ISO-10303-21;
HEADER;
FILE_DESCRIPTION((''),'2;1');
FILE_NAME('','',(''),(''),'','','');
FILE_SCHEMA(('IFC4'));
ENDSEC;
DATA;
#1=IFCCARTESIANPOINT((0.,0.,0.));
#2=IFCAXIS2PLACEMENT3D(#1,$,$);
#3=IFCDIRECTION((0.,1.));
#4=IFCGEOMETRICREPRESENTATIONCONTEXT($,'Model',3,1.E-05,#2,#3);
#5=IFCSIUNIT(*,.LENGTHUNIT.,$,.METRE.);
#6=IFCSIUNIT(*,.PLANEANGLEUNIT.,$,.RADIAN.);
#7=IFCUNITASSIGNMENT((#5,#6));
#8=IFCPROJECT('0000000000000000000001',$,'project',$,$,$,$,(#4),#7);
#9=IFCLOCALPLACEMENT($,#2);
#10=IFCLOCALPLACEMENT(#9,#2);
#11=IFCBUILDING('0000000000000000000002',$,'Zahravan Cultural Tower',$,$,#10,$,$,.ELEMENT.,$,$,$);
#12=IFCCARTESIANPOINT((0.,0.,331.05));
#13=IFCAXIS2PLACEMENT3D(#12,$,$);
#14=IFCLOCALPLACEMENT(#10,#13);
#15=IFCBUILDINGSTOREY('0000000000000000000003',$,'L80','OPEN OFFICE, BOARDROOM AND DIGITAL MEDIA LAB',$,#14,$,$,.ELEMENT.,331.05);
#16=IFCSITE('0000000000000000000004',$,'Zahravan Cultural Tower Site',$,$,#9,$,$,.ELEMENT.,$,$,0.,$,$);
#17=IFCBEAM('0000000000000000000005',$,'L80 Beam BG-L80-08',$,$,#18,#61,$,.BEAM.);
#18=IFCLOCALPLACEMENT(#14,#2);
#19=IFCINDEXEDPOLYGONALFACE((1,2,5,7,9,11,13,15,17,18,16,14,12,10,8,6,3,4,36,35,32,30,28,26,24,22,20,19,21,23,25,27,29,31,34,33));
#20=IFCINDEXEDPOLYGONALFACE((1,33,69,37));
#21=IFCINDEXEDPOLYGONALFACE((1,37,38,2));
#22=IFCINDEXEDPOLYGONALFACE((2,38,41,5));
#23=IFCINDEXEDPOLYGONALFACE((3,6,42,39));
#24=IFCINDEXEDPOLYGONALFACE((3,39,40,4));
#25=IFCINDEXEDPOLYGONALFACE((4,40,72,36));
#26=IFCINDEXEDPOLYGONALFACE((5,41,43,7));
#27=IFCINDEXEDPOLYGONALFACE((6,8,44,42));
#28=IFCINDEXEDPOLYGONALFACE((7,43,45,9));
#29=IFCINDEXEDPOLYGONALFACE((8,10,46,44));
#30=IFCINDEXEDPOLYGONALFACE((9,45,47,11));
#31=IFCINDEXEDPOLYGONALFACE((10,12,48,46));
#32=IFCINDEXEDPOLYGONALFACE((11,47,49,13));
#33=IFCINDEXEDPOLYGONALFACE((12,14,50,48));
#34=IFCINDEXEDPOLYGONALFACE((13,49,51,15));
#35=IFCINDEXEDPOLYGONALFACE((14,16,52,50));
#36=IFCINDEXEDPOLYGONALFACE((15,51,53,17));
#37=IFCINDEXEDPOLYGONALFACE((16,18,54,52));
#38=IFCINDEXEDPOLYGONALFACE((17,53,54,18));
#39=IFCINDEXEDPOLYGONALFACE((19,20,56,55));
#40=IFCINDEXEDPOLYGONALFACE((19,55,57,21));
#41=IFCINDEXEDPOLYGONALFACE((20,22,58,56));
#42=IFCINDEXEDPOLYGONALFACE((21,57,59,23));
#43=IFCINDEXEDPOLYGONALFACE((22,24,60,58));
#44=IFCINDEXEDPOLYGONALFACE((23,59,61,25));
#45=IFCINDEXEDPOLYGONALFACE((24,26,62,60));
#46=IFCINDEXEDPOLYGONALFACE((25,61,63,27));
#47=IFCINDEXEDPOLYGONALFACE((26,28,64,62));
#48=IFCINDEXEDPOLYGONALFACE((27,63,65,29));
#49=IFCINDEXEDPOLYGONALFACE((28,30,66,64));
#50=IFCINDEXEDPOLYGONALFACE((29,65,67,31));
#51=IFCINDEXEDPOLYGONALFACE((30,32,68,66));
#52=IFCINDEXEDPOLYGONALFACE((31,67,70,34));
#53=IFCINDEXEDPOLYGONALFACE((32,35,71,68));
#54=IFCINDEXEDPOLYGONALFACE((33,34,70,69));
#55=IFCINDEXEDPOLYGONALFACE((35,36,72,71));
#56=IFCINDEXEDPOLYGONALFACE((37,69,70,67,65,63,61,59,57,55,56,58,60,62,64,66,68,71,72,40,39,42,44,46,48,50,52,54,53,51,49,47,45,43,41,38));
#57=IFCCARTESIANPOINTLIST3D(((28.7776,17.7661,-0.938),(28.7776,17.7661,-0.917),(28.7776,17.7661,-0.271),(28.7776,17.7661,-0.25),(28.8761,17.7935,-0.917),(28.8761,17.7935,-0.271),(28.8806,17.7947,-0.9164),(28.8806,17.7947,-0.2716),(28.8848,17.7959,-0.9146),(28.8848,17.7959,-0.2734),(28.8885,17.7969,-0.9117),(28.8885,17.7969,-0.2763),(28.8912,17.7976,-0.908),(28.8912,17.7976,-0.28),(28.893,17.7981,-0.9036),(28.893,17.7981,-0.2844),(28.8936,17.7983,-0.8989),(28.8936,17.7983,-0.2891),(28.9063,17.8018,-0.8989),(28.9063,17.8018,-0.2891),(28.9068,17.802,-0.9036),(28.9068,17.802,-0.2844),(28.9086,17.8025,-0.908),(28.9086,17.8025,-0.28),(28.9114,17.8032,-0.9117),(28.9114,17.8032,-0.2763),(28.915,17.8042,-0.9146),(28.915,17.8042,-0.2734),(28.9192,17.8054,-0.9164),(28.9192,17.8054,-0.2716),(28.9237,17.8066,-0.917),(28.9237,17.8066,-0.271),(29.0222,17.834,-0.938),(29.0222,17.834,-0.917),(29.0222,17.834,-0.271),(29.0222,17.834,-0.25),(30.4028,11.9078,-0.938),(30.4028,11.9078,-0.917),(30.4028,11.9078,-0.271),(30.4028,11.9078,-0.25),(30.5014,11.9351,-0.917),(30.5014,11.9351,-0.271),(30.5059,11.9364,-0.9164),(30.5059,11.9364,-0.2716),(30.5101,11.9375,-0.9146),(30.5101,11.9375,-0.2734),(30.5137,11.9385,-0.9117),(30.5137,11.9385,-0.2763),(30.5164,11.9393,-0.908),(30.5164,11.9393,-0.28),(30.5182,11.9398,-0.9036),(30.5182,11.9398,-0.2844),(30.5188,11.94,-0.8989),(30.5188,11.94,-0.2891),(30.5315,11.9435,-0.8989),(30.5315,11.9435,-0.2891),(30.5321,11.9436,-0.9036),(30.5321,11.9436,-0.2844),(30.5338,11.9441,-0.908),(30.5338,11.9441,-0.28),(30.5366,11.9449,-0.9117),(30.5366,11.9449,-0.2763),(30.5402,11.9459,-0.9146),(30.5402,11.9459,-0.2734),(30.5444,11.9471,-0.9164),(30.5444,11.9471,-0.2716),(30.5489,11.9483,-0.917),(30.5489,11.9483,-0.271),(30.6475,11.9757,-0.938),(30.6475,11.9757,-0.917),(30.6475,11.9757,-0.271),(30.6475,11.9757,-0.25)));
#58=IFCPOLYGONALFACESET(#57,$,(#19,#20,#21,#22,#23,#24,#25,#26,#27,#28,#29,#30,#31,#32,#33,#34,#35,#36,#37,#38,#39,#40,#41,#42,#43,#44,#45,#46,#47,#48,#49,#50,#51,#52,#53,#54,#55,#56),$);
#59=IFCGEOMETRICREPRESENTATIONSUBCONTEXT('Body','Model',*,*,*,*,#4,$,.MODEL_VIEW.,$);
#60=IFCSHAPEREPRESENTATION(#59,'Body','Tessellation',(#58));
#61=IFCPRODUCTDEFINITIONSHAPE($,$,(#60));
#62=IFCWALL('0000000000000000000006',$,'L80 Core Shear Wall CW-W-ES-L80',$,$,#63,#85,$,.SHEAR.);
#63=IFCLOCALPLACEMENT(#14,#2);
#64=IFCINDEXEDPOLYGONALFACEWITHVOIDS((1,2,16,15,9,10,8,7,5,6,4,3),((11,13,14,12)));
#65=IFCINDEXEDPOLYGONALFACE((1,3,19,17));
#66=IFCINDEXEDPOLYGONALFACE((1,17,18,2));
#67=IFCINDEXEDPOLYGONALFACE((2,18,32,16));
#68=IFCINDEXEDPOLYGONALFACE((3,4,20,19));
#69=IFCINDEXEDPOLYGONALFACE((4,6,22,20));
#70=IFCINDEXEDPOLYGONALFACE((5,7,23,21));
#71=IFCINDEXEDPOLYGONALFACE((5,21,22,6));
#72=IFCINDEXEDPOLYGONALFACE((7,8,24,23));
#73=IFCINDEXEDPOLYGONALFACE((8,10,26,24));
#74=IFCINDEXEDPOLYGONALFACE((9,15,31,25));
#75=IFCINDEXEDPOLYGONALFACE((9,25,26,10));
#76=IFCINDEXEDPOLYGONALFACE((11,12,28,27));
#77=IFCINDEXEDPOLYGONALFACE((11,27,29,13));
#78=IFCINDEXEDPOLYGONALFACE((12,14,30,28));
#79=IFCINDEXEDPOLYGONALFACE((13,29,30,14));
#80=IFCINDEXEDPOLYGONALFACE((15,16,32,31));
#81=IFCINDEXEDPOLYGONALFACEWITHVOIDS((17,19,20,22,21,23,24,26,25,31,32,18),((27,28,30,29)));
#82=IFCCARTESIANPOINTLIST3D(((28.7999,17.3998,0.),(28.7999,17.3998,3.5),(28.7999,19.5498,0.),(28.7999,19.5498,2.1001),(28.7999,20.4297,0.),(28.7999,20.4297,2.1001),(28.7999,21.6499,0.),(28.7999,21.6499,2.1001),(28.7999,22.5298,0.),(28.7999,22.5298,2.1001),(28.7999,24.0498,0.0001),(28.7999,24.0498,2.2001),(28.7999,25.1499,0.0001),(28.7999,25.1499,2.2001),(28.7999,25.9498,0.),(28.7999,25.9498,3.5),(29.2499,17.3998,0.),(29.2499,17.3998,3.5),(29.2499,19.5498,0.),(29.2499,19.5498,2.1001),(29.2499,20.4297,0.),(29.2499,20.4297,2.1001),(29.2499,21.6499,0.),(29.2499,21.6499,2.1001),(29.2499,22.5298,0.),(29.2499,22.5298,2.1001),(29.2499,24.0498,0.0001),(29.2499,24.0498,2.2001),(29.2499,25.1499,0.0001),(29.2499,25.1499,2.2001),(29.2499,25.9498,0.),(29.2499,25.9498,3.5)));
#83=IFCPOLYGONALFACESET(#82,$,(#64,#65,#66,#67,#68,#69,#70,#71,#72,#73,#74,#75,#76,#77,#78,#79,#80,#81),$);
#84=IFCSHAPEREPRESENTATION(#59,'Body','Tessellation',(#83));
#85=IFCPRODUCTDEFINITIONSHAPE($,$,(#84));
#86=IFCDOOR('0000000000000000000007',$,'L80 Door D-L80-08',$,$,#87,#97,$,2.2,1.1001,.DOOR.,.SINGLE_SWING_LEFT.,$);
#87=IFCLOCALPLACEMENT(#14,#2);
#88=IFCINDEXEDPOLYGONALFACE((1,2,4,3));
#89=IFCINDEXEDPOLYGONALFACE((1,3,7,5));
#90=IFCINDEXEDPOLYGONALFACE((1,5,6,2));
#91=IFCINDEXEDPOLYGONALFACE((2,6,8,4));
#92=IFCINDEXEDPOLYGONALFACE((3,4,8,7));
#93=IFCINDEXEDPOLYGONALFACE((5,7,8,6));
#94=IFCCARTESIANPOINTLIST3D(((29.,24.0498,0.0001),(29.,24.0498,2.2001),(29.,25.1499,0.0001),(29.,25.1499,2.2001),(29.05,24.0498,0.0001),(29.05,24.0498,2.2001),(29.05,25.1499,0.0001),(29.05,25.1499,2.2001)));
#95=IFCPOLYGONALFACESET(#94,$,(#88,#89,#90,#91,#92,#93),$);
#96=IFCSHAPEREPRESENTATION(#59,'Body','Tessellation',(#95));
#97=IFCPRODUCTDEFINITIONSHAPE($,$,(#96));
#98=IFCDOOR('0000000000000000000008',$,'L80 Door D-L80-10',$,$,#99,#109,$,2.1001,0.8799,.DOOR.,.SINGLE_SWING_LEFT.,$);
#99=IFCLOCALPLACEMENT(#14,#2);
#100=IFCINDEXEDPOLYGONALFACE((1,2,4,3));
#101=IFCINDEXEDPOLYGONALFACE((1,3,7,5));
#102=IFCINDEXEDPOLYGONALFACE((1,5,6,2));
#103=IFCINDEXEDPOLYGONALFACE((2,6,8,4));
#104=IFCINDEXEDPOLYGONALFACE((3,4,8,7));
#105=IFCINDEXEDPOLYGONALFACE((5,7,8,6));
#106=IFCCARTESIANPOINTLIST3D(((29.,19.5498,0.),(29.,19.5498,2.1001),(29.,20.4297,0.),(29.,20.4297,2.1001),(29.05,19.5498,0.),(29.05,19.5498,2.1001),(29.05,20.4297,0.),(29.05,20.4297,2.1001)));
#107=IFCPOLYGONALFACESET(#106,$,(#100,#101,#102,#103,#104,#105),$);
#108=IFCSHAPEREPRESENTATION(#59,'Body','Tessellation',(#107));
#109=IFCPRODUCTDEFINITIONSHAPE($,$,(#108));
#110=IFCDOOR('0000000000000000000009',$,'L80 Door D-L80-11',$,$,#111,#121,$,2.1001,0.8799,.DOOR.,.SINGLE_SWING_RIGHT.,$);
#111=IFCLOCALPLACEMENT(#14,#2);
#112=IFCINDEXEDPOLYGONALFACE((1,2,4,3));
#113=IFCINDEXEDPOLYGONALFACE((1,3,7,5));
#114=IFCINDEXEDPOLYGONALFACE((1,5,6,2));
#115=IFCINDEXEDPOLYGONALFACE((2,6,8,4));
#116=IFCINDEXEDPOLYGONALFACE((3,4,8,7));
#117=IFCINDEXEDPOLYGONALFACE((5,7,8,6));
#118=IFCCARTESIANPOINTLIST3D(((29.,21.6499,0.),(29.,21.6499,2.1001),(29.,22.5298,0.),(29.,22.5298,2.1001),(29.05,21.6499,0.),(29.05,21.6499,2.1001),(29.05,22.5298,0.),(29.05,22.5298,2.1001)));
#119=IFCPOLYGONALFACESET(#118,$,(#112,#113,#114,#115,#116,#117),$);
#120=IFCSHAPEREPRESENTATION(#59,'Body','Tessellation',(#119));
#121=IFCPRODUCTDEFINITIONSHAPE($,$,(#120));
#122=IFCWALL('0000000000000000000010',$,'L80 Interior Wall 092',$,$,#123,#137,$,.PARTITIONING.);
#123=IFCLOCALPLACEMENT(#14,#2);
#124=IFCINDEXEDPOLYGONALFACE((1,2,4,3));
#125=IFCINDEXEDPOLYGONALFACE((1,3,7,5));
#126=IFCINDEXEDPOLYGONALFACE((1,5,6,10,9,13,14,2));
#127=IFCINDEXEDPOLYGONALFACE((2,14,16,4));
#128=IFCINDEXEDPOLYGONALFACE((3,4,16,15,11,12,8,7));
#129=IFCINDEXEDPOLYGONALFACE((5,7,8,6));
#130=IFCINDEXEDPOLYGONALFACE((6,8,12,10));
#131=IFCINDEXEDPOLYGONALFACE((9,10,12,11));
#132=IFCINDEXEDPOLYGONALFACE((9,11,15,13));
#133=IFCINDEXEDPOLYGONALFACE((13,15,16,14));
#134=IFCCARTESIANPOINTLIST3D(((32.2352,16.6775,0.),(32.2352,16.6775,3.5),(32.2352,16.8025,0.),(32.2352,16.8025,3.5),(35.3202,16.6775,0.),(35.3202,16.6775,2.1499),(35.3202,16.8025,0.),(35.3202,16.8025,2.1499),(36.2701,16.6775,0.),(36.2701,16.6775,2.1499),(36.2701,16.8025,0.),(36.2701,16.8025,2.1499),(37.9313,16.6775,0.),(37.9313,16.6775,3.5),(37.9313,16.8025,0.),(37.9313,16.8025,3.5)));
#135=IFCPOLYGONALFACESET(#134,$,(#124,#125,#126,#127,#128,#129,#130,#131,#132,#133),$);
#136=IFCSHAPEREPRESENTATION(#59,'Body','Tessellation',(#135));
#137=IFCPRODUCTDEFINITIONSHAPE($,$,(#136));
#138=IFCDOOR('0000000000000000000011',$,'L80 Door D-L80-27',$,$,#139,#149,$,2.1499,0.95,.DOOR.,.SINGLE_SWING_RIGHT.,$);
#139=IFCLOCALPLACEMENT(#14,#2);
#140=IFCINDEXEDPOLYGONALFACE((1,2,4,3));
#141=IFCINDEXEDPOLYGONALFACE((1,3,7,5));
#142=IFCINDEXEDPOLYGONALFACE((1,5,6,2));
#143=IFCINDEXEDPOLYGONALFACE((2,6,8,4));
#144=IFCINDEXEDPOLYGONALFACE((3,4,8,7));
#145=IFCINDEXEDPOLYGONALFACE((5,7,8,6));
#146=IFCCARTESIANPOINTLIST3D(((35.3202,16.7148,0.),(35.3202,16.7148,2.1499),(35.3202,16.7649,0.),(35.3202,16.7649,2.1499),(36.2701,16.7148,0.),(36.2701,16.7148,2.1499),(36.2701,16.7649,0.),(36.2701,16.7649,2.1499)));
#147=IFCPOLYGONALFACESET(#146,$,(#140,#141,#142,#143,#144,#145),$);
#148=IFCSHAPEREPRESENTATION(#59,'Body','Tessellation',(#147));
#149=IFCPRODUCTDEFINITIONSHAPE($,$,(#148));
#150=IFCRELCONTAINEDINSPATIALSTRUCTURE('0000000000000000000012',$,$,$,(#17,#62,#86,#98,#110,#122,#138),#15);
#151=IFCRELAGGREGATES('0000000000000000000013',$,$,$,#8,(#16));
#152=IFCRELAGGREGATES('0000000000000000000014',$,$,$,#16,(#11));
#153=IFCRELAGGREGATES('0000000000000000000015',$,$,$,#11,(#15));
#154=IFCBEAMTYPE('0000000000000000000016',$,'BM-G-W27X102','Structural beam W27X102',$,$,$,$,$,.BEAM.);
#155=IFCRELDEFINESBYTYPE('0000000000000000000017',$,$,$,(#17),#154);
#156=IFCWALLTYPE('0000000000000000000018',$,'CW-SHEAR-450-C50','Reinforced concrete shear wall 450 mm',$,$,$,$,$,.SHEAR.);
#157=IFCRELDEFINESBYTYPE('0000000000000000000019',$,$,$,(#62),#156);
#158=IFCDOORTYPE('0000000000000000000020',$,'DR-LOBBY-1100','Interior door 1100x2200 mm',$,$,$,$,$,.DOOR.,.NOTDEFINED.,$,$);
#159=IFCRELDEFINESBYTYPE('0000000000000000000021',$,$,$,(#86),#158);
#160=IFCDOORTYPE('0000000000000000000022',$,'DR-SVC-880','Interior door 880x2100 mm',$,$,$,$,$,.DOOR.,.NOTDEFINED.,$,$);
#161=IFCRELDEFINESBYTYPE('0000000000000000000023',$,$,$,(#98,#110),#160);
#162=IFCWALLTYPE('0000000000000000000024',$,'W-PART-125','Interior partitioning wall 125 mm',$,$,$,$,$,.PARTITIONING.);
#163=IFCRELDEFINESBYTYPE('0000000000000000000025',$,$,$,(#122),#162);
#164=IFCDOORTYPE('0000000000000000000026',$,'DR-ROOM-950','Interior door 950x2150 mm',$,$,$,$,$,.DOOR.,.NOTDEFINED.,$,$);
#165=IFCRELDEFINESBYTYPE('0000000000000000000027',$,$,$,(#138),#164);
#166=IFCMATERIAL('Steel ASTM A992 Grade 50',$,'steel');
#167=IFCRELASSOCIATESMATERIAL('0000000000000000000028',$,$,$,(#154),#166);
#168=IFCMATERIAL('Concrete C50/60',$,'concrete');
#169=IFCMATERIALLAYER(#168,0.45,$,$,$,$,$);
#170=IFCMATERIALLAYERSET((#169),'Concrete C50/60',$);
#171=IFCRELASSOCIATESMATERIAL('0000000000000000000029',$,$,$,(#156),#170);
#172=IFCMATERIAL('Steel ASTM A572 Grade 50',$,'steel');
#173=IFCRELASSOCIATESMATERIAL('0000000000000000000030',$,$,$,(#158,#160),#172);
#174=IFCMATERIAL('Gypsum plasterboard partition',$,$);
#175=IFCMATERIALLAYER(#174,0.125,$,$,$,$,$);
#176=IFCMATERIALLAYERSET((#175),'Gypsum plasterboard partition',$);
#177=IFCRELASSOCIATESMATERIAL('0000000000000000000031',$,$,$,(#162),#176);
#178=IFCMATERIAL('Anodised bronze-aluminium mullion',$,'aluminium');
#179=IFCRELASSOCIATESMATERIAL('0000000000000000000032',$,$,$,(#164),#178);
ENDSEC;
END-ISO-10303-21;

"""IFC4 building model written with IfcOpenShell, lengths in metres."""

from ifc_helpers import new_model, si_unit, direction, frame, frame_2d, origin, origin_2d, place, context, subcontext, project, spatial, rectangle, i_section, extrude, source, transform, mapped, material, layer, layer_set, material_profile, profile_set, type_object, element, fill, save


model = new_model("IFC4")

# Units and contexts
model_context = context("Model", 3, precision=1e-05, world=origin(), true_north=direction((0.0, 1.0)))
body_context = subcontext(model_context, "Body", "Model", "MODEL_VIEW")
ifc_project = project(units=[si_unit("LENGTHUNIT", "METRE"), si_unit("PLANEANGLEUNIT", "RADIAN")], contexts=[model_context])

# Site, building, storey
site_placement = place(None, origin())
site = spatial("IfcSite", under=ifc_project, at=site_placement, Name="Zahravan Cultural Tower Site", CompositionType="ELEMENT", RefElevation=0.0)
building_placement = place(site_placement, origin())
building = spatial("IfcBuilding", under=site, at=building_placement, Name="Zahravan Cultural Tower", CompositionType="ELEMENT")
storey_placement = place(building_placement, frame((0.0, 0.0, 331.05)))
storey = spatial("IfcBuildingStorey", under=building, at=storey_placement, Name="L80", Description="OPEN OFFICE, BOARDROOM AND DIGITAL MEDIA LAB", CompositionType="ELEMENT", Elevation=331.05)

# Shared definitions
ifc_material_1 = material(Name="Concrete C50/60", Category="concrete")

# Beam
ifc_material_2 = material(Name="Steel ASTM A992 Grade 50", Category="steel")
ifc_material_profile_1 = material_profile(ifc_material_2, i_section(OverallWidth=0.2539, OverallDepth=0.688, WebThickness=0.0132, FlangeThickness=0.021, FilletRadius=0.0181, at=origin_2d()), Name="W27X102")
ifc_profile_set_1 = profile_set([ifc_material_profile_1], Name="Steel ASTM A992 Grade 50")
beam_type_1 = type_object("IfcBeamType", Name="BM-G-W27X102", Description="Structural beam W27X102", PredefinedType="BEAM", material=ifc_profile_set_1)
shared_shape_1 = source(origin(), body_context, "Body", "SweptSolid", [
    extrude(i_section(OverallWidth=0.2539, OverallDepth=0.688, WebThickness=0.0132, FlangeThickness=0.021, FilletRadius=0.0181, at=origin_2d()), origin(), (0.0, 0.0, 1.0), 6.0796),
])
beam_1_placement = place(storey_placement, frame((28.8999, 17.8, -0.594), z_axis=(0.267325, -0.963606, 0.0), x_axis=(0.963606, 0.267325, 0.0)))
element("IfcBeam", 1, at=beam_1_placement, inside=storey, type_object=beam_type_1, Name="L80 Beam BG-L80-08", PredefinedType="BEAM", context=body_context, shape_type="MappedRepresentation", body=[
    mapped(shared_shape_1, transform((0.0, 0.0, 0.0), x_axis=(1.0, 0.0, 0.0), y_axis=(0.0, 1.0, 0.0), z_axis=(0.0, 0.0, 1.0), scale=1.0)),
])

# Wall, openings, doors
ifc_layer_1 = layer(ifc_material_1, 0.45)
ifc_layer_set_1 = layer_set([ifc_layer_1], Name="Concrete C50/60")
wall_type_1 = type_object("IfcWallType", Name="CW-SHEAR-450-C50", Description="Reinforced concrete shear wall 450 mm", PredefinedType="SHEAR", material=ifc_layer_set_1)
wall_1_placement = place(storey_placement, frame((29.0249, 17.3999, 0.0), z_axis=(0.0, 0.0, 1.0), x_axis=(0.0, 1.0, 0.0)))
wall_1 = element("IfcWall", 2, at=wall_1_placement, inside=storey, type_object=wall_type_1, Name="L80 Core Shear Wall CW-W-ES-L80", PredefinedType="SHEAR", context=body_context, shape_type="SweptSolid", body=[
    extrude(rectangle(XDim=8.55, YDim=0.45, at=frame_2d((4.2749, 0.0))), origin(), (0.0, 0.0, 1.0), 3.5),
])
opening_1_placement = place(wall_1_placement, frame((6.6499, 0.0, 0.0)))
opening_1 = element("IfcOpeningElement", 3, at=opening_1_placement, cuts=wall_1, PredefinedType="OPENING", context=body_context, shape_type="SweptSolid", body=[
    extrude(rectangle(XDim=1.1001, YDim=2.2, at=frame_2d((0.55, 1.1001))), frame((0.0, 0.2349, 0.0), z_axis=(0.0, -1.0, 0.0), x_axis=(1.0, 0.0, 0.0)), (0.0, 0.0, 1.0), 0.47),
])
opening_2_placement = place(wall_1_placement, frame((2.1499, 0.0, 0.0)))
opening_2 = element("IfcOpeningElement", 4, at=opening_2_placement, cuts=wall_1, PredefinedType="OPENING", context=body_context, shape_type="SweptSolid", body=[
    extrude(rectangle(XDim=0.8799, YDim=2.1001, at=frame_2d((0.4399, 1.05))), frame((0.0, 0.2349, 0.0), z_axis=(0.0, -1.0, 0.0), x_axis=(1.0, 0.0, 0.0)), (0.0, 0.0, 1.0), 0.47),
])
opening_3_placement = place(wall_1_placement, frame((4.25, 0.0, 0.0)))
opening_3 = element("IfcOpeningElement", 5, at=opening_3_placement, cuts=wall_1, PredefinedType="OPENING", context=body_context, shape_type="SweptSolid", body=[
    extrude(rectangle(XDim=0.8799, YDim=2.1001, at=frame_2d((0.4399, 1.05))), frame((0.0, 0.2349, 0.0), z_axis=(0.0, -1.0, 0.0), x_axis=(1.0, 0.0, 0.0)), (0.0, 0.0, 1.0), 0.47),
])
ifc_material_3 = material(Name="Steel ASTM A572 Grade 50", Category="steel")
door_type_1 = type_object("IfcDoorType", Name="DR-LOBBY-1100", Description="Interior door 1100x2200 mm", OperationType="NOTDEFINED", PredefinedType="DOOR", material=ifc_material_3)
shared_shape_2 = source(origin(), body_context, "Body", "SweptSolid", [
    extrude(rectangle(XDim=1.1001, YDim=2.2, at=frame_2d((0.55, 1.1001))), frame((0.0, 0.0249, 0.0), z_axis=(0.0, -1.0, 0.0), x_axis=(1.0, 0.0, 0.0)), (0.0, 0.0, 1.0), 0.05),
])
door_1_placement = place(opening_1_placement, origin())
door_1 = element("IfcDoor", 6, at=door_1_placement, inside=storey, type_object=door_type_1, Name="L80 Door D-L80-08", OperationType="SINGLE_SWING_LEFT", OverallHeight=2.2, OverallWidth=1.1001, PredefinedType="DOOR", context=body_context, shape_type="MappedRepresentation", body=[
    mapped(shared_shape_2, transform((0.0, 0.0, 0.0), x_axis=(1.0, 0.0, 0.0), y_axis=(0.0, 1.0, 0.0), z_axis=(0.0, 0.0, 1.0), scale=1.0)),
])
fill(opening_1, door_1)
door_type_2 = type_object("IfcDoorType", Name="DR-SVC-880", Description="Interior door 880x2100 mm", OperationType="NOTDEFINED", PredefinedType="DOOR", material=ifc_material_3)
shared_shape_3 = source(origin(), body_context, "Body", "SweptSolid", [
    extrude(rectangle(XDim=0.8799, YDim=2.1001, at=frame_2d((0.4399, 1.05))), frame((0.0, 0.0249, 0.0), z_axis=(0.0, -1.0, 0.0), x_axis=(1.0, 0.0, 0.0)), (0.0, 0.0, 1.0), 0.05),
])
door_2_placement = place(opening_2_placement, origin())
door_2 = element("IfcDoor", 7, at=door_2_placement, inside=storey, type_object=door_type_2, Name="L80 Door D-L80-10", OperationType="SINGLE_SWING_LEFT", OverallHeight=2.1001, OverallWidth=0.8799, PredefinedType="DOOR", context=body_context, shape_type="MappedRepresentation", body=[
    mapped(shared_shape_3, transform((0.0, 0.0, 0.0), x_axis=(1.0, 0.0, 0.0), y_axis=(0.0, 1.0, 0.0), z_axis=(0.0, 0.0, 1.0), scale=1.0)),
])
fill(opening_2, door_2)
door_3_placement = place(opening_3_placement, origin())
door_3 = element("IfcDoor", 8, at=door_3_placement, inside=storey, type_object=door_type_2, Name="L80 Door D-L80-11", OperationType="SINGLE_SWING_RIGHT", OverallHeight=2.1001, OverallWidth=0.8799, PredefinedType="DOOR", context=body_context, shape_type="MappedRepresentation", body=[
    mapped(shared_shape_3, transform((0.0, 0.0, 0.0), x_axis=(1.0, 0.0, 0.0), y_axis=(0.0, 1.0, 0.0), z_axis=(0.0, 0.0, 1.0), scale=1.0)),
])
fill(opening_3, door_3)

# Wall, opening, door
ifc_material_4 = material(Name="Gypsum plasterboard partition")
ifc_layer_2 = layer(ifc_material_4, 0.125)
ifc_layer_set_2 = layer_set([ifc_layer_2], Name="Gypsum plasterboard partition")
wall_type_2 = type_object("IfcWallType", Name="W-PART-125", Description="Interior partitioning wall 125 mm", PredefinedType="PARTITIONING", material=ifc_layer_set_2)
ifc_material_5 = material(Name="Anodised bronze-aluminium mullion", Category="aluminium")
door_type_3 = type_object("IfcDoorType", Name="DR-ROOM-950", Description="Interior door 950x2150 mm", OperationType="NOTDEFINED", PredefinedType="DOOR", material=ifc_material_5)
shared_shape_4 = source(origin(), body_context, "Body", "SweptSolid", [
    extrude(rectangle(XDim=0.95, YDim=2.1499, at=frame_2d((0.4751, 1.075))), frame((0.0, 0.0249, 0.0), z_axis=(0.0, -1.0, 0.0), x_axis=(1.0, 0.0, 0.0)), (0.0, 0.0, 1.0), 0.05),
])
wall_2_placement = place(storey_placement, frame((32.2351, 16.74, 0.0), z_axis=(0.0, 0.0, 1.0), x_axis=(1.0, 0.0, 0.0)))
wall_2 = element("IfcWall", 9, at=wall_2_placement, inside=storey, type_object=wall_type_2, Name="L80 Interior Wall 092", PredefinedType="PARTITIONING", context=body_context, shape_type="SweptSolid", body=[
    extrude(rectangle(XDim=5.696, YDim=0.125, at=frame_2d((2.8481, 0.0))), origin(), (0.0, 0.0, 1.0), 3.5),
])
opening_4_placement = place(wall_2_placement, frame((3.085, 0.0, 0.0)))
opening_4 = element("IfcOpeningElement", 10, at=opening_4_placement, cuts=wall_2, PredefinedType="OPENING", context=body_context, shape_type="SweptSolid", body=[
    extrude(rectangle(XDim=0.95, YDim=2.1499, at=frame_2d((0.4751, 1.075))), frame((0.0, 0.0725, 0.0), z_axis=(0.0, -1.0, 0.0), x_axis=(1.0, 0.0, 0.0)), (0.0, 0.0, 1.0), 0.145),
])
door_4_placement = place(opening_4_placement, origin())
door_4 = element("IfcDoor", 11, at=door_4_placement, inside=storey, type_object=door_type_3, Name="L80 Door D-L80-27", OperationType="SINGLE_SWING_RIGHT", OverallHeight=2.1499, OverallWidth=0.95, PredefinedType="DOOR", context=body_context, shape_type="MappedRepresentation", body=[
    mapped(shared_shape_4, transform((0.0, 0.0, 0.0), x_axis=(1.0, 0.0, 0.0), y_axis=(0.0, 1.0, 0.0), z_axis=(0.0, 0.0, 1.0), scale=1.0)),
])
fill(opening_4, door_4)

save(model, "model.ifc")
